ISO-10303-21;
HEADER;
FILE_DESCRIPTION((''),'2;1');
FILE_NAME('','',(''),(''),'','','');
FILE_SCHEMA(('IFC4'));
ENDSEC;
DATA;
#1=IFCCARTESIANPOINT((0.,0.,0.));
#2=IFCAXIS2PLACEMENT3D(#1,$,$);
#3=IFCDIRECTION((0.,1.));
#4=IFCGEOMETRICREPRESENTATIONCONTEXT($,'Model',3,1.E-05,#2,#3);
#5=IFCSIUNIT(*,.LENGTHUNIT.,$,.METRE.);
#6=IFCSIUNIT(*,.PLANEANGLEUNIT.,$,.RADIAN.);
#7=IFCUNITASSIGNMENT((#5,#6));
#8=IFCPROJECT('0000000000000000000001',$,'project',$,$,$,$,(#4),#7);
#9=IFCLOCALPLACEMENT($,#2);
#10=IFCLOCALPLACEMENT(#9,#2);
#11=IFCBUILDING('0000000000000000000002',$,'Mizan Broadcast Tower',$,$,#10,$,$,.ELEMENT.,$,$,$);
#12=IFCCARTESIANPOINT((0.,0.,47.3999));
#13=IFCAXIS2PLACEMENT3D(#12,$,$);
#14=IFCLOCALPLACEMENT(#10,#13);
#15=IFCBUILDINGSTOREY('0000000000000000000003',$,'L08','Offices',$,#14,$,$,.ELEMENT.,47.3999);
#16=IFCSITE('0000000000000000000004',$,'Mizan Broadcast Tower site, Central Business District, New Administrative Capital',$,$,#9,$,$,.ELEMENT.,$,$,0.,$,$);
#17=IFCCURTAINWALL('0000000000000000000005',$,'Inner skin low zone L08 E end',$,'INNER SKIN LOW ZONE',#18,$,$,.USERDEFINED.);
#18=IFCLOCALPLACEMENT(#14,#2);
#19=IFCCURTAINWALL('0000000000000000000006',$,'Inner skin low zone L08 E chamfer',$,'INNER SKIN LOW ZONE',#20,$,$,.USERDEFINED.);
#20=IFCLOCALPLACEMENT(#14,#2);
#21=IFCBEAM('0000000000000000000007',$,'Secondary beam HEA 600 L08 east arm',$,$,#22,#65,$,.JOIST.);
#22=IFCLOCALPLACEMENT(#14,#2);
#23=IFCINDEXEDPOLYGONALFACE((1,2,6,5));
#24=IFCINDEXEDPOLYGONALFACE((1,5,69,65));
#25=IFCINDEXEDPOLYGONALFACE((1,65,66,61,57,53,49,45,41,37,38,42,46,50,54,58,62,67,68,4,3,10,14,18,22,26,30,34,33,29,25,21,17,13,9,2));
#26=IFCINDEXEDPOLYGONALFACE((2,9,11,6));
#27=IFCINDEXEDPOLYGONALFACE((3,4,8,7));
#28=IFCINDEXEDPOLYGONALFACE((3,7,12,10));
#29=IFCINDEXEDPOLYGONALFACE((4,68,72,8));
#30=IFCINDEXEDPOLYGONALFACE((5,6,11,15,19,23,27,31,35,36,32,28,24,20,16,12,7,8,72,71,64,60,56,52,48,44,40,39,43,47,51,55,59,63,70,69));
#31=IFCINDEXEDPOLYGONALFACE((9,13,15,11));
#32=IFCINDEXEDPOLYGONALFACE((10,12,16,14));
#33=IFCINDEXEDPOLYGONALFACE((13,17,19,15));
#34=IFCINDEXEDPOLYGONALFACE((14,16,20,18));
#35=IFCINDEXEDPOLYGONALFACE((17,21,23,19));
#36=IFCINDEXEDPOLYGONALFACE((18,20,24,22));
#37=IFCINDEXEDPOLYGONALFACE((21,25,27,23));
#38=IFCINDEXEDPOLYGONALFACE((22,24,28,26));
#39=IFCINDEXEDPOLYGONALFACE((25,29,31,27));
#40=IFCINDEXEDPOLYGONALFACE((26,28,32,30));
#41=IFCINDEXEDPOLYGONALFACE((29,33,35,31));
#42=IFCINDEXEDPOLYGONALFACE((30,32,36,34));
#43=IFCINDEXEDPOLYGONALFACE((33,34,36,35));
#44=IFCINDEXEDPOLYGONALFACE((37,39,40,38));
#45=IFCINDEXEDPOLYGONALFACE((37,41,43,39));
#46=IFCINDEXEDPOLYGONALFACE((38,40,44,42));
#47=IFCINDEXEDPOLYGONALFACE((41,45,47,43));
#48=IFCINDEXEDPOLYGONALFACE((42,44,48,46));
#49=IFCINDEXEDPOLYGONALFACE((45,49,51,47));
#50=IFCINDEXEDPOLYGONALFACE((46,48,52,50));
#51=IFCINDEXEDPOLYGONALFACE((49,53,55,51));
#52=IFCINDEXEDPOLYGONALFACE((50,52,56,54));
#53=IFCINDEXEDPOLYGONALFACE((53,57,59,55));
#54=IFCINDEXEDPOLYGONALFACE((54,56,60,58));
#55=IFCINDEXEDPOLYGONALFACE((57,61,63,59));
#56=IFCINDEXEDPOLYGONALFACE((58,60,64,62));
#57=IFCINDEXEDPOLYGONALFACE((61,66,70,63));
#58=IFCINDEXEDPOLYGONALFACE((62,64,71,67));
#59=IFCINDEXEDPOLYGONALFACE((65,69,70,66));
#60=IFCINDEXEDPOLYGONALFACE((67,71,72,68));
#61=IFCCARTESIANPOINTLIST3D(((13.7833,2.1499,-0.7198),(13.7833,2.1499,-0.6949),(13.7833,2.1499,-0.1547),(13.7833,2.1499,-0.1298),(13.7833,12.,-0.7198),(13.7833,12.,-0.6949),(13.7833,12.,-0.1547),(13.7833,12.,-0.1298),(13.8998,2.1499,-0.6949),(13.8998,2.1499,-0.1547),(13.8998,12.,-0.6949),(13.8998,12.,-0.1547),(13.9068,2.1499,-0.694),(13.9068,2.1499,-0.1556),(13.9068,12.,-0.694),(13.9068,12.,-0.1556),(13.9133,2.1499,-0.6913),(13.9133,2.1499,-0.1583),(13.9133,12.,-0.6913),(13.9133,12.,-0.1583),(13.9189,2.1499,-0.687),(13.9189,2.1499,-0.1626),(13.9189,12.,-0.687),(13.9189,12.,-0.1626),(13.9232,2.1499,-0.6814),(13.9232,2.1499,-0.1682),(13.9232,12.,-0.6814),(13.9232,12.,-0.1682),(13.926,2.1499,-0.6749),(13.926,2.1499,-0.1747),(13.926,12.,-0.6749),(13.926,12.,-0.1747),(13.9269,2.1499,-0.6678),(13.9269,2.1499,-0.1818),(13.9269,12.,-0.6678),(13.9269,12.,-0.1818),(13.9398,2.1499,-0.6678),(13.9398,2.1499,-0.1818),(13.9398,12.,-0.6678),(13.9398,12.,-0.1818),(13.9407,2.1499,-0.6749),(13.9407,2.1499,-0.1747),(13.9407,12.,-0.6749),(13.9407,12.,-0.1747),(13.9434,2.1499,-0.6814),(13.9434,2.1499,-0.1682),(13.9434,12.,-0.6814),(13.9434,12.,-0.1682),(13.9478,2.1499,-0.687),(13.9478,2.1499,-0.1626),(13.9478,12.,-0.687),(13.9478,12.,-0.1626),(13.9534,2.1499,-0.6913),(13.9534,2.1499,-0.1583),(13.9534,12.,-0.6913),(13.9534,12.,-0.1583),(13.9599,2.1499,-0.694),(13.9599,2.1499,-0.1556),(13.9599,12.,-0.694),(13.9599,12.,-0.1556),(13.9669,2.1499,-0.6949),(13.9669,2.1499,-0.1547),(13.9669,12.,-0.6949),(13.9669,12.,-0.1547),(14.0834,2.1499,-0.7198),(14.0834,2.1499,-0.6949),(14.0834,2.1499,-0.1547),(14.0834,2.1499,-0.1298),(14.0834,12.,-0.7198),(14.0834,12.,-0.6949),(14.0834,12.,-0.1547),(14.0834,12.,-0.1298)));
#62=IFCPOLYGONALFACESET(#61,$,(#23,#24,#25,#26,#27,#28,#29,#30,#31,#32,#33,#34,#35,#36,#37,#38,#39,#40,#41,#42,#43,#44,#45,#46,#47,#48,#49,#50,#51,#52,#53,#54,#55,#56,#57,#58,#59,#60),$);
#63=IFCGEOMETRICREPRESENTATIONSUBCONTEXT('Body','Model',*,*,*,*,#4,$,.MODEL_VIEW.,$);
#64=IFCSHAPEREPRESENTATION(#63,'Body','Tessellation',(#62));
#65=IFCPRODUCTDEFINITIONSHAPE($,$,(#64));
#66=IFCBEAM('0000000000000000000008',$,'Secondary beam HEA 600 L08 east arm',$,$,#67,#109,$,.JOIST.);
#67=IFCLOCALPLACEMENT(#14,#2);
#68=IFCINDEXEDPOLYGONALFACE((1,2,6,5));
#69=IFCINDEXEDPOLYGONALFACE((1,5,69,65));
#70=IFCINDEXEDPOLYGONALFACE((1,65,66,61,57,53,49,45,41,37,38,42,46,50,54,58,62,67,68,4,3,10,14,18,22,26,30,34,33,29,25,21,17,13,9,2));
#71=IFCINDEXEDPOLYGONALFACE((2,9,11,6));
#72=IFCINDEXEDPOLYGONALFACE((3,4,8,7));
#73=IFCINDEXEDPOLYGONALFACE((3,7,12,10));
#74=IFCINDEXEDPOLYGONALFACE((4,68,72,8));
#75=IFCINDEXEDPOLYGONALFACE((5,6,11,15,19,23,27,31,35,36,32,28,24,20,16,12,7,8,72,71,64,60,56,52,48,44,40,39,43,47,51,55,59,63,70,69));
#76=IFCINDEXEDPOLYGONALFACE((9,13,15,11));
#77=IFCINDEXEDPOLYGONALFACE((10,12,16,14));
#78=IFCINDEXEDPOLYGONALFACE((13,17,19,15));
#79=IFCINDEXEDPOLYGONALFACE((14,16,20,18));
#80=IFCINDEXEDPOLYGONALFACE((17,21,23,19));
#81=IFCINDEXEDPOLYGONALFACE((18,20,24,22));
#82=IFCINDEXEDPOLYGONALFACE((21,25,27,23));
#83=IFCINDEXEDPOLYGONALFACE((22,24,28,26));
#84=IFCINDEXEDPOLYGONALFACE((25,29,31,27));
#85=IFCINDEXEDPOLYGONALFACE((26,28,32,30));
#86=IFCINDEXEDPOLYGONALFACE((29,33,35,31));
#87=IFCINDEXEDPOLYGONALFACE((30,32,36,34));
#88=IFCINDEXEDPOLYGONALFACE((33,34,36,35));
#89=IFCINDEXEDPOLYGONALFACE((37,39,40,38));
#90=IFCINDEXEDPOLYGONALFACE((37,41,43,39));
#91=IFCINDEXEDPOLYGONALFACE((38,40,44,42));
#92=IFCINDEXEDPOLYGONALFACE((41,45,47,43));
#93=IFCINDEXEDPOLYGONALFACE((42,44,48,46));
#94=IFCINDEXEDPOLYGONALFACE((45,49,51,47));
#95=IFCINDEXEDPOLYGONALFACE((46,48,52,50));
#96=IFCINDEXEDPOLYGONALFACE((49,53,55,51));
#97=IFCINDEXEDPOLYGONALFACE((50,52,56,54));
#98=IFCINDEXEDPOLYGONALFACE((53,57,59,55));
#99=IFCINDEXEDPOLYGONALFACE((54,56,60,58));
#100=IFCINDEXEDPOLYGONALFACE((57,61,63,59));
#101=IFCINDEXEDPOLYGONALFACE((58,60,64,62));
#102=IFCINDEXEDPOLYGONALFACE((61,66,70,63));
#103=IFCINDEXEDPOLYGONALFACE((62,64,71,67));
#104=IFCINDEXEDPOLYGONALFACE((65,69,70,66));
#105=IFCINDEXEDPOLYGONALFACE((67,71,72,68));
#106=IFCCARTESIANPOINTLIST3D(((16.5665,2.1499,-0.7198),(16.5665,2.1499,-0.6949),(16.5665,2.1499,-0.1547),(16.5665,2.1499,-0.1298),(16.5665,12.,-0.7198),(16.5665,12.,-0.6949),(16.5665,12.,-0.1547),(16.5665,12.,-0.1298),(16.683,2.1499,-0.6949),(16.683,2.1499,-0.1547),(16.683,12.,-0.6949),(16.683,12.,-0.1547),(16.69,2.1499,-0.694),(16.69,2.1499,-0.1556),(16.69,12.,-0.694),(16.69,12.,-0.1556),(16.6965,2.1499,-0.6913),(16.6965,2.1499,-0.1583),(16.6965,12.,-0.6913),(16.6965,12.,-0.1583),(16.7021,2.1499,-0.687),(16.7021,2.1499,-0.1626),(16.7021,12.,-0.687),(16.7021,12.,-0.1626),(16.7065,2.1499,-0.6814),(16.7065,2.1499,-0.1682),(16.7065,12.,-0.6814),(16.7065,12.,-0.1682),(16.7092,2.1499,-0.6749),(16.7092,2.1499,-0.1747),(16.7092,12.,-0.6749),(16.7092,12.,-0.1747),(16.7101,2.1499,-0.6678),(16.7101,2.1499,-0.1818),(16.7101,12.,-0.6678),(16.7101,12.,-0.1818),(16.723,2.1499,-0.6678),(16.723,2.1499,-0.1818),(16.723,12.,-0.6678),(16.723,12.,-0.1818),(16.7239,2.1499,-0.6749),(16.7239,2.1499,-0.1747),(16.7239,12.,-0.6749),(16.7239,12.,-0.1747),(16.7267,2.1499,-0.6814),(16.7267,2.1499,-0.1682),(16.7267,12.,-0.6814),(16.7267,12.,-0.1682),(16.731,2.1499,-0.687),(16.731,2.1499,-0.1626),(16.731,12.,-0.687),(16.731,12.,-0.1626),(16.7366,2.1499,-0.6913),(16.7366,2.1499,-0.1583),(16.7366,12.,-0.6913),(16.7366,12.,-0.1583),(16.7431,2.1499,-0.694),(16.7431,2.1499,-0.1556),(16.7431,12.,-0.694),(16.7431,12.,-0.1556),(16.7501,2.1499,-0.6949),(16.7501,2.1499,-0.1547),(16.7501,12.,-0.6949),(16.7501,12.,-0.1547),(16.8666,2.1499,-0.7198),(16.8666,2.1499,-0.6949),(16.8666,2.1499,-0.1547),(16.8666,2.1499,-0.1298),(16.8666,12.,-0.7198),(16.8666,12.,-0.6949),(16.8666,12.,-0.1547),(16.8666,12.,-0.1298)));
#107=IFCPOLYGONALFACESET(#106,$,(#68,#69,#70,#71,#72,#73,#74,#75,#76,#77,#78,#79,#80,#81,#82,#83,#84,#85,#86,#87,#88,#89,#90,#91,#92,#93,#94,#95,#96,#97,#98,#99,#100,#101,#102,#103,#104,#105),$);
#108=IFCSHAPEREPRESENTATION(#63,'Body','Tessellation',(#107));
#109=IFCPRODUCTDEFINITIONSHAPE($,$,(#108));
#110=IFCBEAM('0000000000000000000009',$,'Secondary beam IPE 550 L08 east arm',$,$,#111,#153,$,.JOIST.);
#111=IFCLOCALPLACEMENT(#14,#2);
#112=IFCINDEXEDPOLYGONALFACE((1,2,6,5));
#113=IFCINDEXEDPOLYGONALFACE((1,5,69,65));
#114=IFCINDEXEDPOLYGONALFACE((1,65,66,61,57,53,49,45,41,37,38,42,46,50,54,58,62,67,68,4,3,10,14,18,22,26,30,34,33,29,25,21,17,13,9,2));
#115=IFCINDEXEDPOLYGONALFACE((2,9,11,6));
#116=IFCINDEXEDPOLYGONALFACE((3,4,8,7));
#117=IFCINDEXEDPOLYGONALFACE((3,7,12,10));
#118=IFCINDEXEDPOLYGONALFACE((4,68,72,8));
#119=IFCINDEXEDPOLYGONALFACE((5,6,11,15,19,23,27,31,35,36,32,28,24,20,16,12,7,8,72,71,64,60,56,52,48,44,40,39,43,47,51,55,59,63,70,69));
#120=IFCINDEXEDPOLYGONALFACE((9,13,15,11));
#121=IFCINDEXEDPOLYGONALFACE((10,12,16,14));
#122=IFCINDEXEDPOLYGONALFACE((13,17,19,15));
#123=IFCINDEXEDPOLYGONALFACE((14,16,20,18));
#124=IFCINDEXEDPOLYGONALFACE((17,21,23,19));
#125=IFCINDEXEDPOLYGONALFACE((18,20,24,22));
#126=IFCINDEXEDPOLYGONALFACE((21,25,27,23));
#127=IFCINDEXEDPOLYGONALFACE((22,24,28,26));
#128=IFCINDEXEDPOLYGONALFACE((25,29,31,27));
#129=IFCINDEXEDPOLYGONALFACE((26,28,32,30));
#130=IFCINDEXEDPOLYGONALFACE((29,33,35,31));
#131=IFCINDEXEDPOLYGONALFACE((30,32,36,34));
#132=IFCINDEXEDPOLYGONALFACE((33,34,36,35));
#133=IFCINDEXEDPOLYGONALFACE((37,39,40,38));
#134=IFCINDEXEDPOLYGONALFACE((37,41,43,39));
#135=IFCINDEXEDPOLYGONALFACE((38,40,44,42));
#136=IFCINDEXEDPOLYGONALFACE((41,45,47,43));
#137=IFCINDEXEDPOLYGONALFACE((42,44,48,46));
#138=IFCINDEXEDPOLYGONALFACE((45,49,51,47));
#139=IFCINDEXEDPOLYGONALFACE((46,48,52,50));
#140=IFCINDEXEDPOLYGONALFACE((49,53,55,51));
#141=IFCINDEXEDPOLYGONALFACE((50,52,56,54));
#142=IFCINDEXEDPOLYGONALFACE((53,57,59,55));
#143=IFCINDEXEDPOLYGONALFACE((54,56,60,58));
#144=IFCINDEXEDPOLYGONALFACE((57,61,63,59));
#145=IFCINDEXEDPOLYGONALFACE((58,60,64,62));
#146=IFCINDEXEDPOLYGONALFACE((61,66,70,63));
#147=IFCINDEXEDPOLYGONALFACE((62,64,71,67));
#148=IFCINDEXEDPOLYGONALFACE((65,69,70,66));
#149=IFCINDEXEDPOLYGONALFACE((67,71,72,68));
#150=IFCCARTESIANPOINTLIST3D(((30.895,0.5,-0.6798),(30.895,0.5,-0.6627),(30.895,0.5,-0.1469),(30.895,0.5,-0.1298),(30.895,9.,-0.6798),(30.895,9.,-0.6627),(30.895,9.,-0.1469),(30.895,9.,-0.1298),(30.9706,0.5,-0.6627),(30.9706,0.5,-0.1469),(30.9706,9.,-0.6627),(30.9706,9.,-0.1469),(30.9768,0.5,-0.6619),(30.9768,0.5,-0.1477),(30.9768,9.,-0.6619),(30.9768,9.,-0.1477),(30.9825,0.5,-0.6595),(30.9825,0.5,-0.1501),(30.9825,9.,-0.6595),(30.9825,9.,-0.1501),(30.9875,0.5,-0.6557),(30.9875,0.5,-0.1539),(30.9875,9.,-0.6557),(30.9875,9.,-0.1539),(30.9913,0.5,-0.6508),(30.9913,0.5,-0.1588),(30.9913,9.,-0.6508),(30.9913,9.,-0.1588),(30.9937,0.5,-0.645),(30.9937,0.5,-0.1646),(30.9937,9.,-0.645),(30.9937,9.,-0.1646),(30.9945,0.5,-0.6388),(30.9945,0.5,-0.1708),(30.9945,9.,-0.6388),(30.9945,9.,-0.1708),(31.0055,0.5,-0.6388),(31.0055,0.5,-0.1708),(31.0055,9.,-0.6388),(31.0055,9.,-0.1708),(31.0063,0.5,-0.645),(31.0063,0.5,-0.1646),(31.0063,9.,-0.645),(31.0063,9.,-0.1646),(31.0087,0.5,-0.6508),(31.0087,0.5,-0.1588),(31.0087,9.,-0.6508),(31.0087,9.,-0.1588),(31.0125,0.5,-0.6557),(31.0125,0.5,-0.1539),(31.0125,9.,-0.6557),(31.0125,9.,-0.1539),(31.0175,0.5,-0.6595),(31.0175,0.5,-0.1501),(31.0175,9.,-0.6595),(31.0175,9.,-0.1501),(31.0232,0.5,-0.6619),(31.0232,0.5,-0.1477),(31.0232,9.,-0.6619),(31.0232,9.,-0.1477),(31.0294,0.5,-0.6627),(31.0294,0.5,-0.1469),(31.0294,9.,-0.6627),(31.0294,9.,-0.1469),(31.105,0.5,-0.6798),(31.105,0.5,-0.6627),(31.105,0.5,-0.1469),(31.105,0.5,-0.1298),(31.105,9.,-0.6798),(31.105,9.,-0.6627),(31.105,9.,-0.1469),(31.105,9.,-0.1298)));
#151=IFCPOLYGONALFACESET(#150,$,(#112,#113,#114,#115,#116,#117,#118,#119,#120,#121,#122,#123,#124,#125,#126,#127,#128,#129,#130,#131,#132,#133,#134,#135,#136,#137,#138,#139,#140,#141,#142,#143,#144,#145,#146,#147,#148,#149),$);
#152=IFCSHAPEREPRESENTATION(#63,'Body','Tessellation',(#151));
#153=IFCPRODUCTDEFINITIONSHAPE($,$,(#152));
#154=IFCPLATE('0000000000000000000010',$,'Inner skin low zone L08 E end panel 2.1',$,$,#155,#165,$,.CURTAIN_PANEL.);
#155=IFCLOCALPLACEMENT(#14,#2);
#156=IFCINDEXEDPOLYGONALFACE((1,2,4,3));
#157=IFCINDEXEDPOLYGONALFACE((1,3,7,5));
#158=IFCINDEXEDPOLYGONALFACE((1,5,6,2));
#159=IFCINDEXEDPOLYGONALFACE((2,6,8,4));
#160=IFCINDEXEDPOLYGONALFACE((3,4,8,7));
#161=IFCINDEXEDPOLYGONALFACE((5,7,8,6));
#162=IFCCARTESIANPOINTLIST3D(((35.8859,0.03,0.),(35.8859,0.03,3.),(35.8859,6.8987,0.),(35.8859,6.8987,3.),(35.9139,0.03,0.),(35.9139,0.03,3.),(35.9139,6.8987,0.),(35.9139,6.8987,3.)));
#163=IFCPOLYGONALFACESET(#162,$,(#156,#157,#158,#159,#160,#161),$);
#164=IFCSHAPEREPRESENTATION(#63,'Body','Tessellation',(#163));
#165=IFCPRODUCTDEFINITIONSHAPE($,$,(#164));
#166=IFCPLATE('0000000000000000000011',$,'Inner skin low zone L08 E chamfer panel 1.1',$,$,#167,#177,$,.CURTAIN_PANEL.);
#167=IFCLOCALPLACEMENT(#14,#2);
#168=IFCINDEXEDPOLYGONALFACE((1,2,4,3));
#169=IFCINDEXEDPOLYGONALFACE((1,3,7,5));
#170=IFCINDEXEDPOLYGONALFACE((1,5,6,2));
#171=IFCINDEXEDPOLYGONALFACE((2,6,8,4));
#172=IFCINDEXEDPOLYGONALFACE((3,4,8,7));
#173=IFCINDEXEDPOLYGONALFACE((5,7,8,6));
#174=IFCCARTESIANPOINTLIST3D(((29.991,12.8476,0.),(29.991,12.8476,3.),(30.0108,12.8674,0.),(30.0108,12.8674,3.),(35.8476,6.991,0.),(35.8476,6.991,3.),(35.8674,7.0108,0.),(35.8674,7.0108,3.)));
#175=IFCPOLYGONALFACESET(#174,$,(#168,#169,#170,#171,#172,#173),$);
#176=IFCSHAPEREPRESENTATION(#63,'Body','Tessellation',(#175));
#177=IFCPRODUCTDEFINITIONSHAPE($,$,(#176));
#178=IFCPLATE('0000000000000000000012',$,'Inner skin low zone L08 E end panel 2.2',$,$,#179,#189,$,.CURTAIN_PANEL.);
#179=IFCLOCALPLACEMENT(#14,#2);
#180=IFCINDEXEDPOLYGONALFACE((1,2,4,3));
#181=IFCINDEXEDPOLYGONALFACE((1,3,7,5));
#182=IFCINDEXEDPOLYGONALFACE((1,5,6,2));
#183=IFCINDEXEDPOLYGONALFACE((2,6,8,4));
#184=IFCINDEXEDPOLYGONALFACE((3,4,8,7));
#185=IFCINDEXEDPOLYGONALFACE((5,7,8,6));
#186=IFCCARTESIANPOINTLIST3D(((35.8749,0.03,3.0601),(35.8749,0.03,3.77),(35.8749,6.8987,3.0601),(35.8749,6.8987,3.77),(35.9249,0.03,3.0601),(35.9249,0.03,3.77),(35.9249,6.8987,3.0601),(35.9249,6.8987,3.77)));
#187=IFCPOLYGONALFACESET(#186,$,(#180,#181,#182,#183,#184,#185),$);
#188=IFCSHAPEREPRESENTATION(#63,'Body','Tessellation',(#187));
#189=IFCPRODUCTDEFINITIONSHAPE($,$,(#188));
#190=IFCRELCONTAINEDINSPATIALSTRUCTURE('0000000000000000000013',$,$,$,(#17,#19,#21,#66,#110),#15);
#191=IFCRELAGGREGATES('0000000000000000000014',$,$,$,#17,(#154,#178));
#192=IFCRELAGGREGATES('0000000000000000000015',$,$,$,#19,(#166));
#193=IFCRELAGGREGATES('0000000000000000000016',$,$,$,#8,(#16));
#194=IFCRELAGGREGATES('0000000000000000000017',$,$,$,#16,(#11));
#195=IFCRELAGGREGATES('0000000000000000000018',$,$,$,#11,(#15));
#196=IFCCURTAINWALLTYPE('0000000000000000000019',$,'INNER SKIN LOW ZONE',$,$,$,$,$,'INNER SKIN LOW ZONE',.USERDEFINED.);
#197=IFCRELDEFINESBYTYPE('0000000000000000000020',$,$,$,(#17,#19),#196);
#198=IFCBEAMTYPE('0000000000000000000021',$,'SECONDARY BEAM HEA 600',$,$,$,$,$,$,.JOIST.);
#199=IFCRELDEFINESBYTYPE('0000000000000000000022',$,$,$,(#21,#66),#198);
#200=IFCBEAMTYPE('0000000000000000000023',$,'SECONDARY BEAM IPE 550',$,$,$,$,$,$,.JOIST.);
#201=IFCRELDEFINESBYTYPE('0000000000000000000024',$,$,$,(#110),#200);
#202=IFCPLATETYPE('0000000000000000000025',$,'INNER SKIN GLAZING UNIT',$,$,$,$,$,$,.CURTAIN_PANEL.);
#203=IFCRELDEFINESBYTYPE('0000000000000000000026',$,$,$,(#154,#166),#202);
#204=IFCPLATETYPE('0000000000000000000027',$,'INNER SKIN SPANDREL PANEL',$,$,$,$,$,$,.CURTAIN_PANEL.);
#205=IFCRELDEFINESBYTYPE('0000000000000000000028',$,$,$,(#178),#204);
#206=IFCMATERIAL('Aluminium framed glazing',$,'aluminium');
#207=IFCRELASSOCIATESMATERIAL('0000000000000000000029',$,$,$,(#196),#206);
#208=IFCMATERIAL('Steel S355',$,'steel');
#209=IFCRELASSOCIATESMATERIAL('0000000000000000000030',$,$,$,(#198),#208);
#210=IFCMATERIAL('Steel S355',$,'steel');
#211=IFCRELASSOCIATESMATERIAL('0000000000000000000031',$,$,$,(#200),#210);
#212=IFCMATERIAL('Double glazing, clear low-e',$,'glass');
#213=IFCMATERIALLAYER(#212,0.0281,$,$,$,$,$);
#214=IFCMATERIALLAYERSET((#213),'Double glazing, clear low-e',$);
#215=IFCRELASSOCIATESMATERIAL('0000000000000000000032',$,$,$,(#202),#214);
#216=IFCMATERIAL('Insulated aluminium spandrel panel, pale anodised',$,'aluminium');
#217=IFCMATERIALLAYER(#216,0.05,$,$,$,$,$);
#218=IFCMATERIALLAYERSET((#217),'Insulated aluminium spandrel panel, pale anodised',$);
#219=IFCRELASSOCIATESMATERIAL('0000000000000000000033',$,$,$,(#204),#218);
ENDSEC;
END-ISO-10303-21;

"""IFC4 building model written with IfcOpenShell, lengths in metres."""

from ifc_helpers import new_model, si_unit, direction, frame, origin, origin_2d, place, context, subcontext, project, spatial, rectangle, i_section, extrude, material, layer, layer_set, material_profile, profile_set, type_object, element, aggregate, save


model = new_model("IFC4")

# Units and contexts
model_context = context("Model", 3, precision=1e-05, world=origin(), true_north=direction((0.0, 1.0)))
body_context = subcontext(model_context, "Body", "Model", "MODEL_VIEW")
ifc_project = project(units=[si_unit("LENGTHUNIT", "METRE"), si_unit("PLANEANGLEUNIT", "RADIAN")], contexts=[model_context])

# Site, building, storey
site_placement = place(None, origin())
site = spatial("IfcSite", under=ifc_project, at=site_placement, Name="Mizan Broadcast Tower site, Central Business District, New Administrative Capital", CompositionType="ELEMENT", RefElevation=0.0)
building_placement = place(site_placement, origin())
building = spatial("IfcBuilding", under=site, at=building_placement, Name="Mizan Broadcast Tower", CompositionType="ELEMENT")
storey_placement = place(building_placement, frame((0.0, 0.0, 47.3999)))
storey = spatial("IfcBuildingStorey", under=building, at=storey_placement, Name="L08", Description="Offices", CompositionType="ELEMENT", Elevation=47.3999)

# Curtain wall
ifc_material_1 = material(Name="Aluminium framed glazing", Category="aluminium")
curtain_wall_type_1 = type_object("IfcCurtainWallType", Name="INNER SKIN LOW ZONE", ElementType="INNER SKIN LOW ZONE", PredefinedType="USERDEFINED", material=ifc_material_1)
curtain_wall_1_placement = place(storey_placement, origin())
curtain_wall_1 = element("IfcCurtainWall", 1, at=curtain_wall_1_placement, inside=storey, type_object=curtain_wall_type_1, Name="Inner skin low zone L08 E end", ObjectType="INNER SKIN LOW ZONE", PredefinedType="USERDEFINED")

# Curtain wall
curtain_wall_2_placement = place(storey_placement, origin())
curtain_wall_2 = element("IfcCurtainWall", 2, at=curtain_wall_2_placement, inside=storey, type_object=curtain_wall_type_1, Name="Inner skin low zone L08 E chamfer", ObjectType="INNER SKIN LOW ZONE", PredefinedType="USERDEFINED")

# Beams
ifc_material_2 = material(Name="Steel S355", Category="steel")
ifc_material_profile_1 = material_profile(ifc_material_2, i_section(OverallWidth=0.3, OverallDepth=0.5901, WebThickness=0.0129, FlangeThickness=0.0249, FilletRadius=0.0271, at=origin_2d()), Name="HEA 600")
ifc_profile_set_1 = profile_set([ifc_material_profile_1], Name="Steel S355")
beam_type_1 = type_object("IfcBeamType", Name="SECONDARY BEAM HEA 600", PredefinedType="JOIST", material=ifc_profile_set_1)
for number, where, z_axis, x_axis, name in (
    (3, (13.9333, 12.0, -0.4248), (0.0, -1.0, 0.0), (1.0, 0.0, 0.0), "Secondary beam HEA 600 L08 east arm"),
    (4, (16.7166, 12.0, -0.4248), (0.0, -1.0, 0.0), (1.0, 0.0, 0.0), "Secondary beam HEA 600 L08 east arm"),
):
    element("IfcBeam", number, at=place(storey_placement, frame(where, z_axis=z_axis, x_axis=x_axis)), inside=storey, type_object=beam_type_1, Name=name, PredefinedType="JOIST", context=body_context, shape_type="SweptSolid", body=[
        extrude(i_section(OverallWidth=0.3, OverallDepth=0.5901, WebThickness=0.0129, FlangeThickness=0.0249, FilletRadius=0.0271, at=origin_2d()), origin(), (0.0, 0.0, 1.0), 9.8501),
    ])
ifc_material_3 = material(Name="Steel S355", Category="steel")
ifc_material_profile_2 = material_profile(ifc_material_3, i_section(OverallWidth=0.21, OverallDepth=0.55, WebThickness=0.011, FlangeThickness=0.0171, FilletRadius=0.0239, at=origin_2d()), Name="IPE 550")
ifc_profile_set_2 = profile_set([ifc_material_profile_2], Name="Steel S355")
beam_type_2 = type_object("IfcBeamType", Name="SECONDARY BEAM IPE 550", PredefinedType="JOIST", material=ifc_profile_set_2)
beam_1_placement = place(storey_placement, frame((31.0, 9.0, -0.4048), z_axis=(0.0, -1.0, 0.0), x_axis=(1.0, 0.0, 0.0)))
element("IfcBeam", 5, at=beam_1_placement, inside=storey, type_object=beam_type_2, Name="Secondary beam IPE 550 L08 east arm", PredefinedType="JOIST", context=body_context, shape_type="SweptSolid", body=[
    extrude(i_section(OverallWidth=0.21, OverallDepth=0.55, WebThickness=0.011, FlangeThickness=0.0171, FilletRadius=0.0239, at=origin_2d()), origin(), (0.0, 0.0, 1.0), 8.5),
])

# Plates
ifc_material_4 = material(Name="Double glazing, clear low-e", Category="glass")
ifc_layer_1 = layer(ifc_material_4, 0.0281)
ifc_layer_set_1 = layer_set([ifc_layer_1], Name="Double glazing, clear low-e")
plate_type_1 = type_object("IfcPlateType", Name="INNER SKIN GLAZING UNIT", PredefinedType="CURTAIN_PANEL", material=ifc_layer_set_1)
plate_1_placement = place(storey_placement, frame((35.8999, 3.4644, 0.0), z_axis=(0.0, 0.0, 1.0), x_axis=(0.0, 1.0, 0.0)))
plate_1 = element("IfcPlate", 6, at=plate_1_placement, type_object=plate_type_1, Name="Inner skin low zone L08 E end panel 2.1", PredefinedType="CURTAIN_PANEL", context=body_context, shape_type="SweptSolid", body=[
    extrude(rectangle(XDim=6.8687, YDim=0.0281, at=origin_2d()), origin(), (0.0, 0.0, 1.0), 3.0),
])
plate_2_placement = place(storey_placement, frame((32.9292, 9.9292, 0.0), z_axis=(0.0, 0.0, 1.0), x_axis=(-0.707107, 0.707107, 0.0)))
plate_2 = element("IfcPlate", 7, at=plate_2_placement, type_object=plate_type_1, Name="Inner skin low zone L08 E chamfer panel 1.1", PredefinedType="CURTAIN_PANEL", context=body_context, shape_type="SweptSolid", body=[
    extrude(rectangle(XDim=8.2825, YDim=0.0281, at=origin_2d()), origin(), (0.0, 0.0, 1.0), 3.0),
])
ifc_material_5 = material(Name="Insulated aluminium spandrel panel, pale anodised", Category="aluminium")
ifc_layer_2 = layer(ifc_material_5, 0.05)
ifc_layer_set_2 = layer_set([ifc_layer_2], Name="Insulated aluminium spandrel panel, pale anodised")
plate_type_2 = type_object("IfcPlateType", Name="INNER SKIN SPANDREL PANEL", PredefinedType="CURTAIN_PANEL", material=ifc_layer_set_2)
plate_3_placement = place(storey_placement, frame((35.8999, 3.4644, 3.0601), z_axis=(0.0, 0.0, 1.0), x_axis=(0.0, 1.0, 0.0)))
plate_3 = element("IfcPlate", 8, at=plate_3_placement, type_object=plate_type_2, Name="Inner skin low zone L08 E end panel 2.2", PredefinedType="CURTAIN_PANEL", context=body_context, shape_type="SweptSolid", body=[
    extrude(rectangle(XDim=6.8687, YDim=0.05, at=origin_2d()), origin(), (0.0, 0.0, 1.0), 0.71),
])
aggregate(curtain_wall_1, [plate_1, plate_3])
aggregate(curtain_wall_2, [plate_2])

save(model, "model.ifc")
